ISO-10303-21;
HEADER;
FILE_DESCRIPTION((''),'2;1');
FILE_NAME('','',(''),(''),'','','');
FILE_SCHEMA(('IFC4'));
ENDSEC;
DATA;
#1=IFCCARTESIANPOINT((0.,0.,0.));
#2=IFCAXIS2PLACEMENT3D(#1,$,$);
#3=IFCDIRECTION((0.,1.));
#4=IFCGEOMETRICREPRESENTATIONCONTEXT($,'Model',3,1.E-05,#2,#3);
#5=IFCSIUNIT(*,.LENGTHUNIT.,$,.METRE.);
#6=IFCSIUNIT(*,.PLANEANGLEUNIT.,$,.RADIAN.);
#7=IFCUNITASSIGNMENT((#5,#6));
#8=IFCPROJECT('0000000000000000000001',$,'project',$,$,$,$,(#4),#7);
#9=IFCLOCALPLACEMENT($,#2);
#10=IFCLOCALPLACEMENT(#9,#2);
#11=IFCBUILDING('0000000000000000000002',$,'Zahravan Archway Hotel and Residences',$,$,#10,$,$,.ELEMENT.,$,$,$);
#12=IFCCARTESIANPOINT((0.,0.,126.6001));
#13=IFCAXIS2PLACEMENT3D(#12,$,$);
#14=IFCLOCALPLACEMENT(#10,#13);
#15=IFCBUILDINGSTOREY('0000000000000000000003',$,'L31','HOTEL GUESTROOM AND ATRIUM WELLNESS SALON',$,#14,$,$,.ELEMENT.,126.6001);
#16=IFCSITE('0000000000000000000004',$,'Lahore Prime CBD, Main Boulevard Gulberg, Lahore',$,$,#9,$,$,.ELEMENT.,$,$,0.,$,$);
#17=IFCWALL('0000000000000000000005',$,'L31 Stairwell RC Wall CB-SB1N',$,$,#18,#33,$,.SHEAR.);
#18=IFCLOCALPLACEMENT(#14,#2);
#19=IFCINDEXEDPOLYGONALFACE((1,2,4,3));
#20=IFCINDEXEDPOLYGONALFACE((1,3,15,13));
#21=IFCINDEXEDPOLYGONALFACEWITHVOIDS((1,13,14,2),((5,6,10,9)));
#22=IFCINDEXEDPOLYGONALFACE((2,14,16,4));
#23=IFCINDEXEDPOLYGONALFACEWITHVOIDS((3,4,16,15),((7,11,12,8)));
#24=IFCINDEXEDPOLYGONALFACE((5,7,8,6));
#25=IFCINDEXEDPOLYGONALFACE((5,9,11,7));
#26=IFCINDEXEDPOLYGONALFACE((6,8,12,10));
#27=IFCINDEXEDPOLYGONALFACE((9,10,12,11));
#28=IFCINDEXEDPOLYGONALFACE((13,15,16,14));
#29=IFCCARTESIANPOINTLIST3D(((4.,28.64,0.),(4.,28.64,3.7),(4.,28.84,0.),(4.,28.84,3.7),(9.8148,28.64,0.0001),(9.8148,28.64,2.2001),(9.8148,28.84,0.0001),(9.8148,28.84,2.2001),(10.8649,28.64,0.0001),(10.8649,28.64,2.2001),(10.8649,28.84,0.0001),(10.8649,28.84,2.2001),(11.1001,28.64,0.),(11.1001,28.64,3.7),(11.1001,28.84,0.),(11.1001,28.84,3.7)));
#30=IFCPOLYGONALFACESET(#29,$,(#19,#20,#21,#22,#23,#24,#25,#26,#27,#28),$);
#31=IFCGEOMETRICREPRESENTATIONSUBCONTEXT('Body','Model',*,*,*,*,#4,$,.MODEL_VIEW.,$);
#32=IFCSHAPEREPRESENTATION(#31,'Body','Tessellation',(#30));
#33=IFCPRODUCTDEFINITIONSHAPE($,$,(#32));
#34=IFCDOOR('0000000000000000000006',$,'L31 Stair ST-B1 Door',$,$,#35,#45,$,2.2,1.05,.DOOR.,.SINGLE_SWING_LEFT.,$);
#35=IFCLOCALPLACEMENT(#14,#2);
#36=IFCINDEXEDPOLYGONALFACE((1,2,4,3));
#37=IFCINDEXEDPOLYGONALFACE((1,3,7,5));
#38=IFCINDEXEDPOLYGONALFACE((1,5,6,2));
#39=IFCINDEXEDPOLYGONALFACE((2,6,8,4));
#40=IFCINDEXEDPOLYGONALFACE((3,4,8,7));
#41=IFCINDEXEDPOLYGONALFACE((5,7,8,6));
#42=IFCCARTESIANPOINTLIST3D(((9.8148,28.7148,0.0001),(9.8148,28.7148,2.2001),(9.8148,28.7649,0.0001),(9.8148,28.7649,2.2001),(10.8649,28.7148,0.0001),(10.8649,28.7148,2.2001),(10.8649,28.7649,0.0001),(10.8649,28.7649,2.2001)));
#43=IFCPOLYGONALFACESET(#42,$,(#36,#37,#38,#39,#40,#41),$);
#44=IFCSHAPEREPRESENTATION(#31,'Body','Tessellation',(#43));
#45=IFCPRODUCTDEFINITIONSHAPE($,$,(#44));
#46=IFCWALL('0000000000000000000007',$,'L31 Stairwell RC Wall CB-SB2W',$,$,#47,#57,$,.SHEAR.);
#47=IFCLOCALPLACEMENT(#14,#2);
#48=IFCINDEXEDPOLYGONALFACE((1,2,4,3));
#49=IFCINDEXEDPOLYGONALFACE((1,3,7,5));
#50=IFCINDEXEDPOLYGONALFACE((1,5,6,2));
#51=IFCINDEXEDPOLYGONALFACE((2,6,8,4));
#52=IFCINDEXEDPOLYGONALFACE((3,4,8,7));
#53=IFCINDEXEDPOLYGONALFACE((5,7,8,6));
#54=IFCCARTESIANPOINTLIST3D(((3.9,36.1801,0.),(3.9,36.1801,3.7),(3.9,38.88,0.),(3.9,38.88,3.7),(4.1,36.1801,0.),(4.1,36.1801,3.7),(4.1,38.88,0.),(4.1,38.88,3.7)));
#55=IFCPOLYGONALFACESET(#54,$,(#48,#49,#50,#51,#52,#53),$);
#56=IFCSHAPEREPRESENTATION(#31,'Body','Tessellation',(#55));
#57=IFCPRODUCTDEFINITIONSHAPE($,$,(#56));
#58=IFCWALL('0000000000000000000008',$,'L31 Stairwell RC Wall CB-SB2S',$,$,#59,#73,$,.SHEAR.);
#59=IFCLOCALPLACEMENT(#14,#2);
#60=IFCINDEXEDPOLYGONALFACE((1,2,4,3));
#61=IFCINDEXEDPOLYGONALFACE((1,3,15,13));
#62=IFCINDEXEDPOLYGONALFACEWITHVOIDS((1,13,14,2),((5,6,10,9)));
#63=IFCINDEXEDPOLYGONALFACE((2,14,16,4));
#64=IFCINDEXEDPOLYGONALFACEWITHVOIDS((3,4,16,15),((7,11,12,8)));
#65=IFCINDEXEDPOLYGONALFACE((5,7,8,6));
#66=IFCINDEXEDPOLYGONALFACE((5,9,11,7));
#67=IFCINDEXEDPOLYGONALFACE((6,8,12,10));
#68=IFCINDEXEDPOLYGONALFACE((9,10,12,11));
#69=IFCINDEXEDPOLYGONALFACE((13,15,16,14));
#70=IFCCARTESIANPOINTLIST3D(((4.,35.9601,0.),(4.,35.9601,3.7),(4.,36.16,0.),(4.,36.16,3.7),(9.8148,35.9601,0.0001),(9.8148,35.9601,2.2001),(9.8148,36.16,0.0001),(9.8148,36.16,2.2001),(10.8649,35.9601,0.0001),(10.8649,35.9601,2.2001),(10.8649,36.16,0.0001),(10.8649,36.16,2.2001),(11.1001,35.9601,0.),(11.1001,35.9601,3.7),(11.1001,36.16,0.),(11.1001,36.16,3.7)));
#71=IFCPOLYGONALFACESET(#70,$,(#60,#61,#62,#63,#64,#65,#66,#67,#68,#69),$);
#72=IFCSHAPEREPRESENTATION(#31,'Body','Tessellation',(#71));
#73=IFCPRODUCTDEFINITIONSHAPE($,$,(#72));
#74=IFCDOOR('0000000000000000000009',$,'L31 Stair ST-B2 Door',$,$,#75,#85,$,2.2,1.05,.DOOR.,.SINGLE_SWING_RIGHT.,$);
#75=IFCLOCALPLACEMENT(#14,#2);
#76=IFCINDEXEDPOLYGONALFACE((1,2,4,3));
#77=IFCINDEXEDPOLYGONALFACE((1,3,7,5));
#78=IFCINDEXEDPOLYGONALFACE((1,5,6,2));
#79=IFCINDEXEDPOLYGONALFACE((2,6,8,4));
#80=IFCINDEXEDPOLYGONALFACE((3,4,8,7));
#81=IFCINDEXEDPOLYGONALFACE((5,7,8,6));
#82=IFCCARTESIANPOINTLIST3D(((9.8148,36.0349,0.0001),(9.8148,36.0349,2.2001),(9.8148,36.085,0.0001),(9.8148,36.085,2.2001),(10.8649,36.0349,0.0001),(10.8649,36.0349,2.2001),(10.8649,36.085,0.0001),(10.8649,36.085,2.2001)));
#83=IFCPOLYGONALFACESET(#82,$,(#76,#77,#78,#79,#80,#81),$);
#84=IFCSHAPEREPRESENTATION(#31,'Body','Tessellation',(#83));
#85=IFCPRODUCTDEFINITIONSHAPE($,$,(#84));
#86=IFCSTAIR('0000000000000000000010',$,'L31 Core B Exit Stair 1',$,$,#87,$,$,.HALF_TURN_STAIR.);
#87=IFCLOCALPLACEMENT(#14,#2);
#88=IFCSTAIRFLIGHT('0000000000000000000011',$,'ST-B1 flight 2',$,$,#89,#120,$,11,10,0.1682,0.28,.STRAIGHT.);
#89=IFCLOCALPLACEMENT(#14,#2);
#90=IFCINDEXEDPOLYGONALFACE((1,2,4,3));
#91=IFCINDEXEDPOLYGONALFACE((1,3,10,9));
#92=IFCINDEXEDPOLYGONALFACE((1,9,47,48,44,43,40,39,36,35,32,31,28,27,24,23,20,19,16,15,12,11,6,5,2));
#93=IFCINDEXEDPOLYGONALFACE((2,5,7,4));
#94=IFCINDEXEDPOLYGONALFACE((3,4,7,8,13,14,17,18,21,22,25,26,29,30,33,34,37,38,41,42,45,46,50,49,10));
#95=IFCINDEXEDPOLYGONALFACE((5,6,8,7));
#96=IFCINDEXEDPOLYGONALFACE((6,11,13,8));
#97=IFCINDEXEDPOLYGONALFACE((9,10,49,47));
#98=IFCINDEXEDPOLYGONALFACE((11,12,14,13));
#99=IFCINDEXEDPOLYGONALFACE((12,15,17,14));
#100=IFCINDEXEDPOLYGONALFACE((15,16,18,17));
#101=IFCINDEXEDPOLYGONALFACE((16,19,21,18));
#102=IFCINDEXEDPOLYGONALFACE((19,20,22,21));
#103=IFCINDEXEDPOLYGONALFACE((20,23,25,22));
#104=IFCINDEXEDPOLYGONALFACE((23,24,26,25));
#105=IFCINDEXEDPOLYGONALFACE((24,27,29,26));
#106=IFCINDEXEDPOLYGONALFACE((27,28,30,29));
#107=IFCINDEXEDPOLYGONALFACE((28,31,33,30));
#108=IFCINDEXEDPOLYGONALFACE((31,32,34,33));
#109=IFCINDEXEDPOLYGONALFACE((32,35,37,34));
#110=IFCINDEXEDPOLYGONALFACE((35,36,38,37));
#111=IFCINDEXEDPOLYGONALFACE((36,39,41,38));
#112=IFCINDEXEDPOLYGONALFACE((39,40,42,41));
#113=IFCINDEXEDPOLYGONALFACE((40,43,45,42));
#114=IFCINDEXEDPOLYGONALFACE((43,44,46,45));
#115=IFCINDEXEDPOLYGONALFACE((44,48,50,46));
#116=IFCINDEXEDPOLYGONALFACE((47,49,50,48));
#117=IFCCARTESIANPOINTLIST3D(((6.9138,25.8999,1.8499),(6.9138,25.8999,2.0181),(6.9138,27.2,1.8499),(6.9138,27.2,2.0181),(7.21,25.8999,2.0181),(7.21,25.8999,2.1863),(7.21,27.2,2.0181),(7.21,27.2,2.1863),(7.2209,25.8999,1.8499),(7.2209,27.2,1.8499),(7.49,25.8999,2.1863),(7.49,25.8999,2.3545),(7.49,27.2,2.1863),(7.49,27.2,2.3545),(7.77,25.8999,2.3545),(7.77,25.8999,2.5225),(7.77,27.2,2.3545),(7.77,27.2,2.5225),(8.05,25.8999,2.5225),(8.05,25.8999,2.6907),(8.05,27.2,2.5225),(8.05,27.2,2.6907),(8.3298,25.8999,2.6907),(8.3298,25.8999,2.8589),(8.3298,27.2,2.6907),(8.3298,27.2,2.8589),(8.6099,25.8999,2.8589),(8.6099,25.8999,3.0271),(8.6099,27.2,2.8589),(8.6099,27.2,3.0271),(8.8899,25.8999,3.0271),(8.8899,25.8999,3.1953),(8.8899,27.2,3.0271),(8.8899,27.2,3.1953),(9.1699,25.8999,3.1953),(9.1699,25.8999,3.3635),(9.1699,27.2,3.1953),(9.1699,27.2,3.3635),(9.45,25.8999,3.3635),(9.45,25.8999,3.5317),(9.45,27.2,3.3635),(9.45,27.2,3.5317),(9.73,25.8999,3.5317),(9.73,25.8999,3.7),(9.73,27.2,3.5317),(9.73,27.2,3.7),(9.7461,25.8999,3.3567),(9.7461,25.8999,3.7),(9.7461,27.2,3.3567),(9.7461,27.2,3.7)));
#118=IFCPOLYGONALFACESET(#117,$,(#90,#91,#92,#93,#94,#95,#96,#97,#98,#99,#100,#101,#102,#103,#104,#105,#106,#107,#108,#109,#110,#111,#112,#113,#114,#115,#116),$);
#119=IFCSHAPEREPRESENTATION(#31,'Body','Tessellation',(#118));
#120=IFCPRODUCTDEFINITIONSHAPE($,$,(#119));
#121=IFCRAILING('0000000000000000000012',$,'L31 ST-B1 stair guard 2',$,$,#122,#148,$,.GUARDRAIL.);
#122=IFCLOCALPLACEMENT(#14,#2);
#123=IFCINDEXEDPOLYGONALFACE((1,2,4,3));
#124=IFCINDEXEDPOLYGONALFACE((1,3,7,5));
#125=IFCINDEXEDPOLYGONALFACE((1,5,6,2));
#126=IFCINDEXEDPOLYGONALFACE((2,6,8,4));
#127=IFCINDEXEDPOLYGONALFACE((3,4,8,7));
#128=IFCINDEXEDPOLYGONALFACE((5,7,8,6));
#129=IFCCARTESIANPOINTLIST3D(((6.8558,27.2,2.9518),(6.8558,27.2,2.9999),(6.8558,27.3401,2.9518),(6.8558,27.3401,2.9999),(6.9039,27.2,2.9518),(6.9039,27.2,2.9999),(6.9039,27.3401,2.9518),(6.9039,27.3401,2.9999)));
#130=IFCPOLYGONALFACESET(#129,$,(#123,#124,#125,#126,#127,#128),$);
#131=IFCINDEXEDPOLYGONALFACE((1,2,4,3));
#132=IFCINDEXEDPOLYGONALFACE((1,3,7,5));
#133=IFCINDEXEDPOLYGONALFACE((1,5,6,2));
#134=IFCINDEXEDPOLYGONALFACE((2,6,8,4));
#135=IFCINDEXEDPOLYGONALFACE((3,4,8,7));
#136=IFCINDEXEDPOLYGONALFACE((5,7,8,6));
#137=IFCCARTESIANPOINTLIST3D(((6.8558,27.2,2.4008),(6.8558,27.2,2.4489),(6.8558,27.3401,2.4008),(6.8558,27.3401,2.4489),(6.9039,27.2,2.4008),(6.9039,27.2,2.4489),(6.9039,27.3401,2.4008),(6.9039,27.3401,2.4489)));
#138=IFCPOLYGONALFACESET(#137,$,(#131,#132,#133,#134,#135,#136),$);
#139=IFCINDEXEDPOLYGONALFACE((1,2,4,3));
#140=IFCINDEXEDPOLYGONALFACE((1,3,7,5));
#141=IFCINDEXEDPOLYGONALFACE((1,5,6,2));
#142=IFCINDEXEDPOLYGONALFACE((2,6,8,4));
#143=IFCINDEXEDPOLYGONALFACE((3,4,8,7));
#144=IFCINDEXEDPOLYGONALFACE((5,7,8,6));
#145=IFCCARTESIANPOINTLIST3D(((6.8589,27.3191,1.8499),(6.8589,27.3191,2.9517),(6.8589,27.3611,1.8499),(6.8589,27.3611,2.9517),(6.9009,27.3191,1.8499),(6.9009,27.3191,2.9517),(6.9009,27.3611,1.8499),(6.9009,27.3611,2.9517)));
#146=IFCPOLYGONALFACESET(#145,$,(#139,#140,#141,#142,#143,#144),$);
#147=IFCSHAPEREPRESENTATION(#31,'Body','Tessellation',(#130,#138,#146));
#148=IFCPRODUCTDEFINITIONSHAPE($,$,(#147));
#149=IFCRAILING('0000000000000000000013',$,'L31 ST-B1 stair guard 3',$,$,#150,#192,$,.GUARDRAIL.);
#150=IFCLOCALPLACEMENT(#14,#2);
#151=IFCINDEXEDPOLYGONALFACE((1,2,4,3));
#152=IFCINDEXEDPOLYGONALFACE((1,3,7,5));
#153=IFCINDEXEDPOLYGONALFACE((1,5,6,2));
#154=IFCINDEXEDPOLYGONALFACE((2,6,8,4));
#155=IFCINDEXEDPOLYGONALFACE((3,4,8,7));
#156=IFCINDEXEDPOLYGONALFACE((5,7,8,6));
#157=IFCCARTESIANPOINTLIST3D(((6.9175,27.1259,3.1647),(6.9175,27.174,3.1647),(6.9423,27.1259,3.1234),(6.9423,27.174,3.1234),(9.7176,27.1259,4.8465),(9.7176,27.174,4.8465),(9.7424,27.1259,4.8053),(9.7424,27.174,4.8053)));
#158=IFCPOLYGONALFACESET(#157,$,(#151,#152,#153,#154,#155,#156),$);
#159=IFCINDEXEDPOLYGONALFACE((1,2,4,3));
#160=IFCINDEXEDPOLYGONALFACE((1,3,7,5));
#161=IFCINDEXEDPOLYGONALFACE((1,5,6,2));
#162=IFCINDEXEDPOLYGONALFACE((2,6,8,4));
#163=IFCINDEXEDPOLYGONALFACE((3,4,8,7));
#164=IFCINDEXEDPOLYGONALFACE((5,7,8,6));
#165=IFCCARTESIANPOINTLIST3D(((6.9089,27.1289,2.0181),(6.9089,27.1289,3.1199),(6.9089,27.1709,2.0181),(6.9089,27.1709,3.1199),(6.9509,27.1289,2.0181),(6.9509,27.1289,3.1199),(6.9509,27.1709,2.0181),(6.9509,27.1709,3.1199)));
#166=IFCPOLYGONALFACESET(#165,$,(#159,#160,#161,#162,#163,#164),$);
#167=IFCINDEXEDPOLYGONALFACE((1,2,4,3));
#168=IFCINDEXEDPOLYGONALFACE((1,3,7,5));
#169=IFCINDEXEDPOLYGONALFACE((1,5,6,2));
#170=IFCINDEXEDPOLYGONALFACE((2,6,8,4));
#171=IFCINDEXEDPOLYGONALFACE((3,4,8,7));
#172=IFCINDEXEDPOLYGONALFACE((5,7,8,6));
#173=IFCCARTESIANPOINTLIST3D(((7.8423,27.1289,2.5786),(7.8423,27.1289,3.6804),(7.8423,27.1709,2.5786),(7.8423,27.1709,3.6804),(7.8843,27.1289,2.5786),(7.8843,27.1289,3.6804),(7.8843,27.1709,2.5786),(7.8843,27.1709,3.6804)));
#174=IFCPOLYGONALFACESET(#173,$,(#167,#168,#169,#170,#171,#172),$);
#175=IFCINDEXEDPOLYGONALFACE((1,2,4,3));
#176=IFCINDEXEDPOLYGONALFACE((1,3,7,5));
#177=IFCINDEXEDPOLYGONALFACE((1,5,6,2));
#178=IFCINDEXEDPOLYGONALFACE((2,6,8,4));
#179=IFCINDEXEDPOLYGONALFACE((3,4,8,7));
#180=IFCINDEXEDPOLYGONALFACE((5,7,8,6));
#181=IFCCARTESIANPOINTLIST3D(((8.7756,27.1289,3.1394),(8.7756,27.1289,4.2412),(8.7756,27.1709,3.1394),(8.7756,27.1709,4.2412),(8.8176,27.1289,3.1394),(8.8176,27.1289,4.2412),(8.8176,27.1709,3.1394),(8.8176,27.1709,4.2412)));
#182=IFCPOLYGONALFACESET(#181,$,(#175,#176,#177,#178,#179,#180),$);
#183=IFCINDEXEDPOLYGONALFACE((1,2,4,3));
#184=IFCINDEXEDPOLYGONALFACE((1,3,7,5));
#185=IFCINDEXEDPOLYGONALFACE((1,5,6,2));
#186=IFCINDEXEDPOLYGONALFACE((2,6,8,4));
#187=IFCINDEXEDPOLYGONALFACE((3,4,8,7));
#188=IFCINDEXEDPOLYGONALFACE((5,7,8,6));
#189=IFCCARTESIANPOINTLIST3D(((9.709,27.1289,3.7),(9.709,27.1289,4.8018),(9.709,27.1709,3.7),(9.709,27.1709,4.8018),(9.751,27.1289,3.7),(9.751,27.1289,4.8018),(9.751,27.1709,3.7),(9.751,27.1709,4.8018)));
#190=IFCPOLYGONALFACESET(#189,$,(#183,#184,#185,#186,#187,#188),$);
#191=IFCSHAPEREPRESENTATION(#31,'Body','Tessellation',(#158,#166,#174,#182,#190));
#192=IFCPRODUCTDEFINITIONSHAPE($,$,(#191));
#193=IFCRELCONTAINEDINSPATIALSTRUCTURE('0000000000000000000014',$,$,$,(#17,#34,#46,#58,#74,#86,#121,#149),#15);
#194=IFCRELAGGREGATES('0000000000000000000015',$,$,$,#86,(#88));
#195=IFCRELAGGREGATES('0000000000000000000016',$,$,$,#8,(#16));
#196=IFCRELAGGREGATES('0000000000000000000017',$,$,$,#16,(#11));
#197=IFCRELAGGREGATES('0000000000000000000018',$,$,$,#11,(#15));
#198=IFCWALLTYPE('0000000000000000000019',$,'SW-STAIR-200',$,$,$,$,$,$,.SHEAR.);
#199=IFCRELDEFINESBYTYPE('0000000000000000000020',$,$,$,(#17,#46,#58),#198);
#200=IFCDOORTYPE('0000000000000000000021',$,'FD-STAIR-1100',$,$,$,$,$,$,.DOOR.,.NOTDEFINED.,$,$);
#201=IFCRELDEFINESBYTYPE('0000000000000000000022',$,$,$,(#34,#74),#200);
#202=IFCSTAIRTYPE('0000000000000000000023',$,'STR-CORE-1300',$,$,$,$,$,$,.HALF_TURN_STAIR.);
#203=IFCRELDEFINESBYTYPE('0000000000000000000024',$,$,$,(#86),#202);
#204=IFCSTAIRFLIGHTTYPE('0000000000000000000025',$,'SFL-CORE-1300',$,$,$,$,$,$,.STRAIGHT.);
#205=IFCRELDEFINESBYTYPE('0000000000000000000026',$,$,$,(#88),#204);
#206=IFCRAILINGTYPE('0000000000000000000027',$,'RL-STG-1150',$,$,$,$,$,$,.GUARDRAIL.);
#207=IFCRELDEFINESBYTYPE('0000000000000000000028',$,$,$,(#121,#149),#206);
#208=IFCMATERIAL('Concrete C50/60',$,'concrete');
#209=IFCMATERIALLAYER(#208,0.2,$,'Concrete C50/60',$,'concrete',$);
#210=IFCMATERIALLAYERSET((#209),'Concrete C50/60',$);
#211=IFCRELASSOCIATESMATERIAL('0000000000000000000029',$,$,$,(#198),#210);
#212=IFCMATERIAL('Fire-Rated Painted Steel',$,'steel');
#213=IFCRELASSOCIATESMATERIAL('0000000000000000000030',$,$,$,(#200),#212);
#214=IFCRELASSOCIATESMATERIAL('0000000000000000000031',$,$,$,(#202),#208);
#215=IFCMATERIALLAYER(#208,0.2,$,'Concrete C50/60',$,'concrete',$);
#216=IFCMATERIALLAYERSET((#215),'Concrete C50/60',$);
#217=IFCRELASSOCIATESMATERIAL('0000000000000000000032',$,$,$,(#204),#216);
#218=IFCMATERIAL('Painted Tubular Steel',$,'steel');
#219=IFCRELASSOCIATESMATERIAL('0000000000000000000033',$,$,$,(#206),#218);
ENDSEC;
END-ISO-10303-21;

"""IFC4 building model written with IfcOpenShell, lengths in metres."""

from ifc_helpers import new_model, si_unit, direction, frame, frame_2d, origin, origin_2d, place, context, subcontext, project, spatial, polyline, rectangle, outline, extrude, source, transform, mapped, material, layer, layer_set, type_object, type_shapes, element, fill, aggregate, save


model = new_model("IFC4")

# Units and contexts
model_context = context("Model", 3, precision=1e-05, world=origin(), true_north=direction((0.0, 1.0)))
body_context = subcontext(model_context, "Body", "Model", "MODEL_VIEW")
ifc_project = project(units=[si_unit("LENGTHUNIT", "METRE"), si_unit("PLANEANGLEUNIT", "RADIAN")], contexts=[model_context])

# Site, building, storey
site_placement = place(None, origin())
site = spatial("IfcSite", under=ifc_project, at=site_placement, Name="Lahore Prime CBD, Main Boulevard Gulberg, Lahore", CompositionType="ELEMENT", RefElevation=0.0)
building_placement = place(site_placement, origin())
building = spatial("IfcBuilding", under=site, at=building_placement, Name="Zahravan Archway Hotel and Residences", CompositionType="ELEMENT")
storey_placement = place(building_placement, frame((0.0, 0.0, 126.6001)))
storey = spatial("IfcBuildingStorey", under=building, at=storey_placement, Name="L31", Description="HOTEL GUESTROOM AND ATRIUM WELLNESS SALON", CompositionType="ELEMENT", Elevation=126.6001)

# Shared definitions
ifc_material_1 = material(Name="Fire-Rated Painted Steel", Category="steel")

# Shared definitions
ifc_material_2 = material(Name="Concrete C50/60", Category="concrete")
ifc_layer_1 = layer(ifc_material_2, 0.2, Name="Concrete C50/60", Category="concrete")
ifc_layer_set_1 = layer_set([ifc_layer_1], Name="Concrete C50/60")
wall_type_1 = type_object("IfcWallType", Name="SW-STAIR-200", PredefinedType="SHEAR", material=ifc_layer_set_1)

# Wall, opening, door
wall_1_placement = place(storey_placement, frame((4.0, 28.74, 0.0), z_axis=(0.0, 0.0, 1.0), x_axis=(1.0, 0.0, 0.0)))
wall_1 = element("IfcWall", 1, at=wall_1_placement, inside=storey, type_object=wall_type_1, Name="L31 Stairwell RC Wall CB-SB1N", PredefinedType="SHEAR", context=body_context, shape_type="SweptSolid", body=[
    extrude(rectangle(XDim=7.1001, YDim=0.2, at=frame_2d((3.55, 0.0))), origin(), (0.0, 0.0, 1.0), 3.7),
])
opening_1_placement = place(wall_1_placement, frame((5.8149, 0.0, 0.0)))
opening_1 = element("IfcOpeningElement", 2, at=opening_1_placement, cuts=wall_1, PredefinedType="OPENING", context=body_context, shape_type="SweptSolid", body=[
    extrude(rectangle(XDim=1.05, YDim=2.2, at=frame_2d((0.5249, 1.1001))), frame((0.0, 0.1099, 0.0), z_axis=(0.0, -1.0, 0.0), x_axis=(1.0, 0.0, 0.0)), (0.0, 0.0, 1.0), 0.22),
])
door_type_1 = type_object("IfcDoorType", Name="FD-STAIR-1100", OperationType="NOTDEFINED", PredefinedType="DOOR", material=ifc_material_1)
shared_shape_1 = source(origin(), body_context, "Body", "SweptSolid", [
    extrude(rectangle(XDim=1.05, YDim=2.2, at=frame_2d((0.5249, 1.1001))), frame((0.0, 0.0249, 0.0), z_axis=(0.0, -1.0, 0.0), x_axis=(1.0, 0.0, 0.0)), (0.0, 0.0, 1.0), 0.05),
])
type_shapes(door_type_1, [shared_shape_1])
door_1_placement = place(opening_1_placement, origin())
door_1 = element("IfcDoor", 3, at=door_1_placement, inside=storey, type_object=door_type_1, Name="L31 Stair ST-B1 Door", OperationType="SINGLE_SWING_LEFT", OverallHeight=2.2, OverallWidth=1.05, PredefinedType="DOOR", context=body_context, shape_type="MappedRepresentation", body=[
    mapped(shared_shape_1, transform((0.0, 0.0, 0.0), scale=1.0)),
])
fill(opening_1, door_1)

# Wall
wall_2_placement = place(storey_placement, frame((4.0, 36.1799, 0.0), z_axis=(0.0, 0.0, 1.0), x_axis=(0.0, 1.0, 0.0)))
element("IfcWall", 4, at=wall_2_placement, inside=storey, type_object=wall_type_1, Name="L31 Stairwell RC Wall CB-SB2W", PredefinedType="SHEAR", context=body_context, shape_type="SweptSolid", body=[
    extrude(rectangle(XDim=2.7, YDim=0.2, at=frame_2d((1.3501, 0.0))), origin(), (0.0, 0.0, 1.0), 3.7),
])

# Wall, opening, door
wall_3_placement = place(storey_placement, frame((4.0, 36.0601, 0.0), z_axis=(0.0, 0.0, 1.0), x_axis=(1.0, 0.0, 0.0)))
wall_3 = element("IfcWall", 5, at=wall_3_placement, inside=storey, type_object=wall_type_1, Name="L31 Stairwell RC Wall CB-SB2S", PredefinedType="SHEAR", context=body_context, shape_type="SweptSolid", body=[
    extrude(rectangle(XDim=7.1001, YDim=0.2, at=frame_2d((3.55, 0.0))), origin(), (0.0, 0.0, 1.0), 3.7),
])
opening_2_placement = place(wall_3_placement, frame((5.8149, 0.0, 0.0)))
opening_2 = element("IfcOpeningElement", 6, at=opening_2_placement, cuts=wall_3, PredefinedType="OPENING", context=body_context, shape_type="SweptSolid", body=[
    extrude(rectangle(XDim=1.05, YDim=2.2, at=frame_2d((0.5249, 1.1001))), frame((0.0, 0.1099, 0.0), z_axis=(0.0, -1.0, 0.0), x_axis=(1.0, 0.0, 0.0)), (0.0, 0.0, 1.0), 0.22),
])
door_2_placement = place(opening_2_placement, origin())
door_2 = element("IfcDoor", 7, at=door_2_placement, inside=storey, type_object=door_type_1, Name="L31 Stair ST-B2 Door", OperationType="SINGLE_SWING_RIGHT", OverallHeight=2.2, OverallWidth=1.05, PredefinedType="DOOR", context=body_context, shape_type="MappedRepresentation", body=[
    mapped(shared_shape_1, transform((0.0, 0.0, 0.0), scale=1.0)),
])
fill(opening_2, door_2)

# Stair, stair flight
stair_type = type_object("IfcStairType", Name="STR-CORE-1300", PredefinedType="HALF_TURN_STAIR", material=ifc_material_2)
stair_placement = place(storey_placement, origin())
stair = element("IfcStair", 8, at=stair_placement, inside=storey, type_object=stair_type, Name="L31 Core B Exit Stair 1", PredefinedType="HALF_TURN_STAIR")
ifc_layer_2 = layer(ifc_material_2, 0.2, Name="Concrete C50/60", Category="concrete")
ifc_layer_set_2 = layer_set([ifc_layer_2], Name="Concrete C50/60")
stair_flight_type = type_object("IfcStairFlightType", Name="SFL-CORE-1300", PredefinedType="STRAIGHT", material=ifc_layer_set_2)
shared_shape_2 = source(origin(), body_context, "Body", "SweptSolid", [
    extrude(outline(polyline([(-0.0161, 0.0), (-0.0161, 0.1682), (0.28, 0.1682), (0.28, 0.3364), (0.5601, 0.3364), (0.5601, 0.5046), (0.8401, 0.5046), (0.8401, 0.6726), (1.1201, 0.6726), (1.1201, 0.8408), (1.3999, 0.8408), (1.3999, 1.009), (1.6799, 1.009), (1.6799, 1.1772), (1.96, 1.1772), (1.96, 1.3455), (2.24, 1.3455), (2.24, 1.5137), (2.52, 1.5137), (2.52, 1.6819), (2.8, 1.6819), (2.8, 1.8501), (2.8162, 1.8501), (2.8162, 1.5068), (0.291, 0.0), (-0.0161, 0.0)])), frame((0.0, 0.6499, 0.0), z_axis=(0.0, -1.0, 0.0), x_axis=(1.0, 0.0, 0.0)), (0.0, 0.0, 1.0), 1.3),
])
stair_flight_placement = place(storey_placement, frame((6.9299, 26.55, 1.8499), z_axis=(0.0, 0.0, 1.0), x_axis=(1.0, 0.0, 0.0)))
stair_flight = element("IfcStairFlight", 9, at=stair_flight_placement, type_object=stair_flight_type, Name="ST-B1 flight 2", NumberOfRisers=11, NumberOfTreads=10, PredefinedType="STRAIGHT", RiserHeight=0.1682, TreadLength=0.28, context=body_context, shape_type="MappedRepresentation", body=[
    mapped(shared_shape_2, transform((0.0, 0.0, 0.0), scale=1.0)),
])
aggregate(stair, [stair_flight])

# Railings
ifc_material_3 = material(Name="Painted Tubular Steel", Category="steel")
railing_type_1 = type_object("IfcRailingType", Name="RL-STG-1150", PredefinedType="GUARDRAIL", material=ifc_material_3)
railing_1_placement = place(storey_placement, frame((6.8799, 27.3401, 1.8499)))
element("IfcRailing", 10, at=railing_1_placement, inside=storey, type_object=railing_type_1, Name="L31 ST-B1 stair guard 2", PredefinedType="GUARDRAIL", context=body_context, shape_type="SweptSolid", body=[
    extrude(rectangle(XDim=0.0481, YDim=0.0481, at=origin_2d()), frame((0.0, 0.0, 1.126), z_axis=(0.0, -1.0, 0.0), x_axis=(1.0, 0.0, 0.0)), (0.0, 0.0, 1.0), 0.1401),
    extrude(rectangle(XDim=0.0481, YDim=0.0481, at=origin_2d()), frame((0.0, 0.0, 0.575), z_axis=(0.0, -1.0, 0.0), x_axis=(1.0, 0.0, 0.0)), (0.0, 0.0, 1.0), 0.1401),
    extrude(rectangle(XDim=0.042, YDim=0.042, at=origin_2d()), origin(), (0.0, 0.0, 1.0), 1.1018),
])
railing_2_placement = place(storey_placement, frame((6.9299, 27.1499, 2.0181)))
element("IfcRailing", 11, at=railing_2_placement, inside=storey, type_object=railing_type_1, Name="L31 ST-B1 stair guard 3", PredefinedType="GUARDRAIL", context=body_context, shape_type="SweptSolid", body=[
    extrude(rectangle(XDim=0.0481, YDim=0.0481, at=origin_2d()), frame((0.0, 0.0, 1.126), z_axis=(0.857242, 0.0, 0.514913), x_axis=(0.0, 1.0, 0.0)), (0.0, 0.0, 1.0), 3.2664),
    extrude(rectangle(XDim=0.042, YDim=0.042, at=origin_2d()), origin(), (0.0, 0.0, 1.0), 1.1018),
    extrude(rectangle(XDim=0.042, YDim=0.042, at=origin_2d()), frame((0.9333, 0.0, 0.5605)), (0.0, 0.0, 1.0), 1.1018),
    extrude(rectangle(XDim=0.042, YDim=0.042, at=origin_2d()), frame((1.8667, 0.0, 1.1213)), (0.0, 0.0, 1.0), 1.1018),
    extrude(rectangle(XDim=0.042, YDim=0.042, at=origin_2d()), frame((2.8, 0.0, 1.6819)), (0.0, 0.0, 1.0), 1.1018),
])

save(model, "model.ifc")
